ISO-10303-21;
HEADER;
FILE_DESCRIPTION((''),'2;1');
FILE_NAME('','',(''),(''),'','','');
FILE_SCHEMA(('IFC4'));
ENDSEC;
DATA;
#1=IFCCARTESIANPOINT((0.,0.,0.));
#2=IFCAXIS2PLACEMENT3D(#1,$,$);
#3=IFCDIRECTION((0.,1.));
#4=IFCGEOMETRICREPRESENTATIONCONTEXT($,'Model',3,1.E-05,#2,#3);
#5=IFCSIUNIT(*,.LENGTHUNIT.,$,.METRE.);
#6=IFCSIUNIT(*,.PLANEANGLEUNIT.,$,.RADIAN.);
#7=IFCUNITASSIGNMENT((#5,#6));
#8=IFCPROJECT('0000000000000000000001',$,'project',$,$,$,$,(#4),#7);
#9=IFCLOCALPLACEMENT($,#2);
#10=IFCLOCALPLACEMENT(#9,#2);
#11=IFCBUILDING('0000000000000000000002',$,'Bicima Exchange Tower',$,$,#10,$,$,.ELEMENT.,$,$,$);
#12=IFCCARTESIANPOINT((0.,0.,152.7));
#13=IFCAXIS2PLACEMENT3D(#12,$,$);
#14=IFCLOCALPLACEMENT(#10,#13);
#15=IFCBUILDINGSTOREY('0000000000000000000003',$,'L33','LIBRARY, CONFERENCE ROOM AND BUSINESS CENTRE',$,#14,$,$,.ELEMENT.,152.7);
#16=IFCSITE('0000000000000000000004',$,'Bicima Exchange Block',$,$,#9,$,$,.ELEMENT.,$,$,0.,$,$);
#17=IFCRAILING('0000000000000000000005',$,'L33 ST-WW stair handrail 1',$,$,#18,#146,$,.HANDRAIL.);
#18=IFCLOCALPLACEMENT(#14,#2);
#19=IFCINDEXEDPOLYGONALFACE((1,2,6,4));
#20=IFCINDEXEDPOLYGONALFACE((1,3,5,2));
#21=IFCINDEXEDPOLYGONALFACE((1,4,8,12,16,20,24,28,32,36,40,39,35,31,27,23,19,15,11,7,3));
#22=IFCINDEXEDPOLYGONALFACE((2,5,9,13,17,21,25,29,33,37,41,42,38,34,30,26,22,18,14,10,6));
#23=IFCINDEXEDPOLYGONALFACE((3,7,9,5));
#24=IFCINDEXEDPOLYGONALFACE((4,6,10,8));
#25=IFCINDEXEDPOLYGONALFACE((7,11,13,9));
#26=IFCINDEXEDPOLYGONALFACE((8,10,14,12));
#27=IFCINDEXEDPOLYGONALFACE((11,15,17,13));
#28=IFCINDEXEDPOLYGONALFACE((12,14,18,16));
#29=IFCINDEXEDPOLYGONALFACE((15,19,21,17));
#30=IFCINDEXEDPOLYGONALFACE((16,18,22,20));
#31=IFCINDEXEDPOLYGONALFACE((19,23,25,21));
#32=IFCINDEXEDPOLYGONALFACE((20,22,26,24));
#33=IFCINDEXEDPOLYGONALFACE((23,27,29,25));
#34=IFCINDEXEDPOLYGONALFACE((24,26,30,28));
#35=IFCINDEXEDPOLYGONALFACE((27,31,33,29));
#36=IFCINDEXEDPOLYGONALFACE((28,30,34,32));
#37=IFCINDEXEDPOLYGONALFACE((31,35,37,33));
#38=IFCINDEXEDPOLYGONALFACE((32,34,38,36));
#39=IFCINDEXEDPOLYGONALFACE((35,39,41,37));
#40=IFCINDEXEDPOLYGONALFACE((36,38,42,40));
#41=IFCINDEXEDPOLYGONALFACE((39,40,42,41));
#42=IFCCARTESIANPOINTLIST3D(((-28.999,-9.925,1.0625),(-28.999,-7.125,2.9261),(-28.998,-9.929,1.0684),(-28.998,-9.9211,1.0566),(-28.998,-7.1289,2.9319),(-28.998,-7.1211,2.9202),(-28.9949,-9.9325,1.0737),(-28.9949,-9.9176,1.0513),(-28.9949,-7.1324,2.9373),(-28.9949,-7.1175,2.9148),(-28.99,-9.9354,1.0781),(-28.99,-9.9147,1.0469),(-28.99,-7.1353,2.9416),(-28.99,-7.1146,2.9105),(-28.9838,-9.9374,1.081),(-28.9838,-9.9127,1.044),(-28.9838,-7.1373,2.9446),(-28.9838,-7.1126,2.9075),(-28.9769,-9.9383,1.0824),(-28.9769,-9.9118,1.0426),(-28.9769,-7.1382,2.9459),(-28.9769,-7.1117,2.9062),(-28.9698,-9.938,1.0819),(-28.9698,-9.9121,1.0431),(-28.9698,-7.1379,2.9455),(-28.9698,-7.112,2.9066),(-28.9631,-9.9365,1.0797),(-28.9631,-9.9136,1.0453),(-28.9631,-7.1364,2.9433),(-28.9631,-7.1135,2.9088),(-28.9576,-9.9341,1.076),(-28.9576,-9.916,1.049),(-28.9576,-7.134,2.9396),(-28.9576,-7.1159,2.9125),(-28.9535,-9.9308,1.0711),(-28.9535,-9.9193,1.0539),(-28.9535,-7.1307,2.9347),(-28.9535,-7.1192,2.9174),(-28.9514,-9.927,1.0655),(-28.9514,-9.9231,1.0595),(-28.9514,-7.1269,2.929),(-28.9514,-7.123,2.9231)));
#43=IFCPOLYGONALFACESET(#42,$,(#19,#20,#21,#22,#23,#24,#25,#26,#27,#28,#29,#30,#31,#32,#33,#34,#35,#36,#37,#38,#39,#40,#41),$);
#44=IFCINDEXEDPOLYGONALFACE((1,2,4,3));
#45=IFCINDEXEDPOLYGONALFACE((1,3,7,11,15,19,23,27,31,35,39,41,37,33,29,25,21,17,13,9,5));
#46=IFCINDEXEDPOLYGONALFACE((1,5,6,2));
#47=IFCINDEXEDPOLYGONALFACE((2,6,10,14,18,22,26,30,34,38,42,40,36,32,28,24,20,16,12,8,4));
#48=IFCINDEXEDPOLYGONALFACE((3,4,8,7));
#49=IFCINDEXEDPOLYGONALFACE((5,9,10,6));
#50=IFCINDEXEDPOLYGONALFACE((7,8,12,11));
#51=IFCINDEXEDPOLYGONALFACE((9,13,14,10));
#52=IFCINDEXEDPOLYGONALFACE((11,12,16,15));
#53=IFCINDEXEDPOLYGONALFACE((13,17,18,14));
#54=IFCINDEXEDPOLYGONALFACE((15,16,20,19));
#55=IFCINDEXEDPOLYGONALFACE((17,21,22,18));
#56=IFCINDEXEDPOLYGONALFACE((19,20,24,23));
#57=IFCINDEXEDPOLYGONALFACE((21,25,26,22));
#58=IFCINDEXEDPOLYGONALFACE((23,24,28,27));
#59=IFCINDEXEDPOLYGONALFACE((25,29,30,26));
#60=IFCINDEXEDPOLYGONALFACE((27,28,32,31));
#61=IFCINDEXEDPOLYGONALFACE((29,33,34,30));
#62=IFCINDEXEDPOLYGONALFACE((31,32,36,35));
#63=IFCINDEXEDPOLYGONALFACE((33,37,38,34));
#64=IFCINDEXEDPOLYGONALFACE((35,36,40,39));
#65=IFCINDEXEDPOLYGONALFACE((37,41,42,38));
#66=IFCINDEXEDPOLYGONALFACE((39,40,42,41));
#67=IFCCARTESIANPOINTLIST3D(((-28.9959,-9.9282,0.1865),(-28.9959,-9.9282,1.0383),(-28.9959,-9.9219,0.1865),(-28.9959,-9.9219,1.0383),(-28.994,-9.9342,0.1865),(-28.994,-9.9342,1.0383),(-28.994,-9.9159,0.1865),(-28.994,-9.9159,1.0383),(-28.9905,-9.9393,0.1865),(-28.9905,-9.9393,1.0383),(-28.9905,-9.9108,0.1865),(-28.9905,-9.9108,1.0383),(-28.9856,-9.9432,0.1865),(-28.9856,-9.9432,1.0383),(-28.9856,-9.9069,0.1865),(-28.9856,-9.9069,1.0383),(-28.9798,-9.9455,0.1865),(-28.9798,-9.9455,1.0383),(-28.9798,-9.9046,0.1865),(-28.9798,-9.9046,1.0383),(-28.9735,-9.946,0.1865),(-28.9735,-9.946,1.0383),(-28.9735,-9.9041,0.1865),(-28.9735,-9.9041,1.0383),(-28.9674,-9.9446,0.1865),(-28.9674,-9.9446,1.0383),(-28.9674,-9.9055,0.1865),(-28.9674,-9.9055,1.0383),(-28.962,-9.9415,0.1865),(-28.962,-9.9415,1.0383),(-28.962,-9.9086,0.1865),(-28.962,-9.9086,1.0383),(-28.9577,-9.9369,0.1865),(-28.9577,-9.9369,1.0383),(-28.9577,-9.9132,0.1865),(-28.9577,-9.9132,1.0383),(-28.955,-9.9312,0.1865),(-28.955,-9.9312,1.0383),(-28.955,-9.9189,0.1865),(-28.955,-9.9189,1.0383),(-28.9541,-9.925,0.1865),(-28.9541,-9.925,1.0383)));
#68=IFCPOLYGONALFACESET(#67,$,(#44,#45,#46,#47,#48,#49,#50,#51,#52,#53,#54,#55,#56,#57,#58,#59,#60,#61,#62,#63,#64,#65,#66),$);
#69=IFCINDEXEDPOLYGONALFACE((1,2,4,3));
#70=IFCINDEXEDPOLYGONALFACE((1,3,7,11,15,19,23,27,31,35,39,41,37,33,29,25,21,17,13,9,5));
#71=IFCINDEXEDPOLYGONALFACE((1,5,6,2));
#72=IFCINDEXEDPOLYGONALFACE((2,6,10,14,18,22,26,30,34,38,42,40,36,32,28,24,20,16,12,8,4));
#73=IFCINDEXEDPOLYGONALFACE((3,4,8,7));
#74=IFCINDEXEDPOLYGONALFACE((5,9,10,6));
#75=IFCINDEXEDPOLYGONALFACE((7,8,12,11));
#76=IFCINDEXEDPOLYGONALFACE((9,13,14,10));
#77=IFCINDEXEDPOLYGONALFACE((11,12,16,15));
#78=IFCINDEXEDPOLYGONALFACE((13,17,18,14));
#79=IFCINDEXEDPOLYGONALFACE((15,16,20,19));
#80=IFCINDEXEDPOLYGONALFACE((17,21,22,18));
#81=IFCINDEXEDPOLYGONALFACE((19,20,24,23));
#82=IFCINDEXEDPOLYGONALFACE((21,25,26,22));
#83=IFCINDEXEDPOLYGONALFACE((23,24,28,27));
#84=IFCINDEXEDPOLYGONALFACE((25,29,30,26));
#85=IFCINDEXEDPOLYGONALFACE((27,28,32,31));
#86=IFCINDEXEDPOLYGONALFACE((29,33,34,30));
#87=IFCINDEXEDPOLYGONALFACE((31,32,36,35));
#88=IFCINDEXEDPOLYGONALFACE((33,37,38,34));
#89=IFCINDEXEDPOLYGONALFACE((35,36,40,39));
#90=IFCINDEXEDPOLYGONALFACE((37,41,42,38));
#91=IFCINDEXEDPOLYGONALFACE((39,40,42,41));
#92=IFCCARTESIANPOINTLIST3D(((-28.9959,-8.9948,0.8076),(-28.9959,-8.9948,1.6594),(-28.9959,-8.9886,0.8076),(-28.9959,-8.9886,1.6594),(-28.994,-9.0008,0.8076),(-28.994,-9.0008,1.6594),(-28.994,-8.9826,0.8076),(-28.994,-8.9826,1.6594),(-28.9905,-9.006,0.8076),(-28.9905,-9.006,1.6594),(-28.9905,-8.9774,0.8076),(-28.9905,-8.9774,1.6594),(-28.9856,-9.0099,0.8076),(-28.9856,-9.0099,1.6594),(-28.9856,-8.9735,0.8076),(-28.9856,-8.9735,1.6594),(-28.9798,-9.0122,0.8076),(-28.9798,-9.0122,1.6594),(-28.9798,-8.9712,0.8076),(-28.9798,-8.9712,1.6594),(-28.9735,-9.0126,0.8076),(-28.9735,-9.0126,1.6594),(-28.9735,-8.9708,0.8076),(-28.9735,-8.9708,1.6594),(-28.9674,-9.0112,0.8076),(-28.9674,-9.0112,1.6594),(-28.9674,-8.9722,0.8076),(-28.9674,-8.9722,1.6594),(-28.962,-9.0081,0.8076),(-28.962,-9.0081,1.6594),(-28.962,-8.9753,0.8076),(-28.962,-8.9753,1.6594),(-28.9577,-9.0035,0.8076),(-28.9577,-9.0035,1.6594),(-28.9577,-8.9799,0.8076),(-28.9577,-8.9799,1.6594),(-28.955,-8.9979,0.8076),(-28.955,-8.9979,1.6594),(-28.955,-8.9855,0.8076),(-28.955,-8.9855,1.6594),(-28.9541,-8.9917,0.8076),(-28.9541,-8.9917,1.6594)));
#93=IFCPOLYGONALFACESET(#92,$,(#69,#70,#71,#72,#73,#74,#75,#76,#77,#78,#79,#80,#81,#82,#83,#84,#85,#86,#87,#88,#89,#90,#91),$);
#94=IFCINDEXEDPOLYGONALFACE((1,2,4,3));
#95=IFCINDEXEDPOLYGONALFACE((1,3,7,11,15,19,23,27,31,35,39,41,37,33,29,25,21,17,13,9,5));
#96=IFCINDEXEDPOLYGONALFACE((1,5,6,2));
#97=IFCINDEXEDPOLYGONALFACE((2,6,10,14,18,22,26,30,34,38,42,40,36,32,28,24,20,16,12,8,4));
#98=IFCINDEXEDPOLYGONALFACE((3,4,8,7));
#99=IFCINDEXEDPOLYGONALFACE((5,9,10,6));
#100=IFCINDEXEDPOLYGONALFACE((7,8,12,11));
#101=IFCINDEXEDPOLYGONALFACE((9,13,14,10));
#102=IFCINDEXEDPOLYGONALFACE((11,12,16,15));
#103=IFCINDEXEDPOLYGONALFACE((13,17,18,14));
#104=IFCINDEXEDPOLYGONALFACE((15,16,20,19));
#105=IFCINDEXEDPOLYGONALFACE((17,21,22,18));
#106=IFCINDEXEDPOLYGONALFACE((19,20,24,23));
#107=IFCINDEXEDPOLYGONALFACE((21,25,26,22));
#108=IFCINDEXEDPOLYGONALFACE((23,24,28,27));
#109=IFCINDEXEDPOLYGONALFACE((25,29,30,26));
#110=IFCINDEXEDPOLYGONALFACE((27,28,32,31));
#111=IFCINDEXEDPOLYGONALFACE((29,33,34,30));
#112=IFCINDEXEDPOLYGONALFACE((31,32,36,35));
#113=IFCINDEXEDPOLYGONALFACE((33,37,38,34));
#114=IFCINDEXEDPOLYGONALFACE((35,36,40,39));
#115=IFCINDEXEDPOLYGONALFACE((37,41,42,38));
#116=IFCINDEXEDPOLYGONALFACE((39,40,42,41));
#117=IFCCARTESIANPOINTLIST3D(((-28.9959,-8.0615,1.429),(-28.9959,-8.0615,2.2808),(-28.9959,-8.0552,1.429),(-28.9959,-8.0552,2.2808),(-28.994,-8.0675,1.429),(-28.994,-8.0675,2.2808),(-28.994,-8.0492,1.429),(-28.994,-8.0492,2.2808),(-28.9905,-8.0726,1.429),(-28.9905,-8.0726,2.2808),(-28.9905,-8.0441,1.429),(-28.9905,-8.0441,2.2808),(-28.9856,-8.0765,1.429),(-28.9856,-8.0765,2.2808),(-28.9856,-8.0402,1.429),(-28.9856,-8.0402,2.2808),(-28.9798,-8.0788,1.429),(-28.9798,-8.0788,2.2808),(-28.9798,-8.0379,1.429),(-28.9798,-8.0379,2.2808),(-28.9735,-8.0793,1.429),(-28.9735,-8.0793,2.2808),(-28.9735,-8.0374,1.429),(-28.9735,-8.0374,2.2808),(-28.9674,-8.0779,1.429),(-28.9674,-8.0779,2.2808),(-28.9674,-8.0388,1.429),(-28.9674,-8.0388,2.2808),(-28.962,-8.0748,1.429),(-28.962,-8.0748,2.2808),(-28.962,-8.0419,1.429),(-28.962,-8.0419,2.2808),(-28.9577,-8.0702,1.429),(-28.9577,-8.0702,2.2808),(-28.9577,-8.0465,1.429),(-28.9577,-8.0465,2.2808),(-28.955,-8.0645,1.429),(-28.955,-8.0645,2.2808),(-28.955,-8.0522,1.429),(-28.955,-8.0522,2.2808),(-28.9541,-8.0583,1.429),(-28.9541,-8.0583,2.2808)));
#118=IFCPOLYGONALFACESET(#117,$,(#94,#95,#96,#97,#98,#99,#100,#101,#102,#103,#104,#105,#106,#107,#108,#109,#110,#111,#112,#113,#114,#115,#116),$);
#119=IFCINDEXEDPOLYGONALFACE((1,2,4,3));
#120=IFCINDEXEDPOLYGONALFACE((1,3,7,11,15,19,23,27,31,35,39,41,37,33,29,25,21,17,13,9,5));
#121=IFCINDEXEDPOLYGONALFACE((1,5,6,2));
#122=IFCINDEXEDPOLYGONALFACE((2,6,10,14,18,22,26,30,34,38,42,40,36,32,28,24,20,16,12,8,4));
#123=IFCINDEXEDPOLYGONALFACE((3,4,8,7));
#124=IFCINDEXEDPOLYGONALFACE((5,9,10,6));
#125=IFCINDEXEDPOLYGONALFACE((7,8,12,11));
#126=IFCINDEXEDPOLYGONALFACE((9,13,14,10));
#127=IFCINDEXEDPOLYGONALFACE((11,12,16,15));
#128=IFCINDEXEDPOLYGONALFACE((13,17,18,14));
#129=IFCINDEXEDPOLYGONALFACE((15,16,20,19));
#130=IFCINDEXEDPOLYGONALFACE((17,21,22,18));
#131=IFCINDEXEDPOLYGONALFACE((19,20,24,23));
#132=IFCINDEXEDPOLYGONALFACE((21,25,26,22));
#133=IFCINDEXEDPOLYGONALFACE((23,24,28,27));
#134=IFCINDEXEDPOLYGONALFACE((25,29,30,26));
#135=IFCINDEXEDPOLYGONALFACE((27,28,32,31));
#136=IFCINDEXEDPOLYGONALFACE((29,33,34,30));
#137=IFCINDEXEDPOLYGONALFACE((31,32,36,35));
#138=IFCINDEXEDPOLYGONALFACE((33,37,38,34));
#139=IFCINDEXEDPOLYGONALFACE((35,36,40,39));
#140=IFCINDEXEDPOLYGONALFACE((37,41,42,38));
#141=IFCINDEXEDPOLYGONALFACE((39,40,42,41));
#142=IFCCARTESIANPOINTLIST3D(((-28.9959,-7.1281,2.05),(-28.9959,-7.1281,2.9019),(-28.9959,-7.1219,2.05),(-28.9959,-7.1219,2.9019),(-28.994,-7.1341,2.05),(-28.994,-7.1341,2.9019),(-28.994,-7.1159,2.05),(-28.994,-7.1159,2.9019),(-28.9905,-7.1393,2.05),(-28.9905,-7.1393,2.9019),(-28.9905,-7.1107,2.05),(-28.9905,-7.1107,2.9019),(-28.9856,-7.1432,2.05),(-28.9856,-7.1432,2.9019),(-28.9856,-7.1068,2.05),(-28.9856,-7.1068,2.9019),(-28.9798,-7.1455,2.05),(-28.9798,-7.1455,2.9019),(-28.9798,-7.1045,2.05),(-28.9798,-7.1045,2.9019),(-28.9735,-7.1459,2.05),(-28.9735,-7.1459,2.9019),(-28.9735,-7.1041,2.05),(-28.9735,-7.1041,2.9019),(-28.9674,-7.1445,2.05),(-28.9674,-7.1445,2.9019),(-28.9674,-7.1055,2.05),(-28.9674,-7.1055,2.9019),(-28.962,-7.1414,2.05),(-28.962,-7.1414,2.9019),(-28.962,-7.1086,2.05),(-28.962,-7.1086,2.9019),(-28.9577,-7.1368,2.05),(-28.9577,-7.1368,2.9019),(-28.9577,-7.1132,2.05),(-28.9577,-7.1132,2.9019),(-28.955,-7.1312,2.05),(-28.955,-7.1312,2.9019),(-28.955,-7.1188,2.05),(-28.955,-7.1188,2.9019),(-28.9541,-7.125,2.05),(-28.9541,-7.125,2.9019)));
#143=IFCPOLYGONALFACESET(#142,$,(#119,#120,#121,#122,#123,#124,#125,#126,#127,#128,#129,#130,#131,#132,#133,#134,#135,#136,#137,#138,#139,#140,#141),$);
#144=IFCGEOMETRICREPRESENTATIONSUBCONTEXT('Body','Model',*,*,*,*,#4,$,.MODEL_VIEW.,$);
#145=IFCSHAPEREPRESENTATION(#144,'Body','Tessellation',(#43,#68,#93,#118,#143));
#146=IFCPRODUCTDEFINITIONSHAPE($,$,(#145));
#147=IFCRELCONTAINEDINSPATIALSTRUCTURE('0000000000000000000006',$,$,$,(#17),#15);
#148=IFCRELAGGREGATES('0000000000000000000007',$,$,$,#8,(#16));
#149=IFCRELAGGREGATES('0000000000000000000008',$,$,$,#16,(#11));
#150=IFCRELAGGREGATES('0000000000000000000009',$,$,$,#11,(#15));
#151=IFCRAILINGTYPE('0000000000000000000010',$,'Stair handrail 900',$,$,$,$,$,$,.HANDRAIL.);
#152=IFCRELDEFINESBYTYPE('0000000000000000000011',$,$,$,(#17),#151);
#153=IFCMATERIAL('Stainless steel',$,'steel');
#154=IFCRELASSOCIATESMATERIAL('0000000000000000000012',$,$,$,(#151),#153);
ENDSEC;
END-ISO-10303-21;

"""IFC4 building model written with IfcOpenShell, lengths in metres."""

from ifc_helpers import new_model, si_unit, direction, frame, origin, origin_2d, place, context, subcontext, project, spatial, circle, extrude, material, type_object, element, save


model = new_model("IFC4")

# Units and contexts
model_context = context("Model", 3, precision=1e-05, world=origin(), true_north=direction((0.0, 1.0)))
body_context = subcontext(model_context, "Body", "Model", "MODEL_VIEW")
ifc_project = project(units=[si_unit("LENGTHUNIT", "METRE"), si_unit("PLANEANGLEUNIT", "RADIAN")], contexts=[model_context])

# Site, building, storey
site_placement = place(None, origin())
site = spatial("IfcSite", under=ifc_project, at=site_placement, Name="Bicima Exchange Block", CompositionType="ELEMENT", RefElevation=0.0)
building_placement = place(site_placement, origin())
building = spatial("IfcBuilding", under=site, at=building_placement, Name="Bicima Exchange Tower", CompositionType="ELEMENT")
storey_placement = place(building_placement, frame((0.0, 0.0, 152.7)))
storey = spatial("IfcBuildingStorey", under=building, at=storey_placement, Name="L33", Description="LIBRARY, CONFERENCE ROOM AND BUSINESS CENTRE", CompositionType="ELEMENT", Elevation=152.7)

# Railing
ifc_material_1 = material(Name="Stainless steel", Category="steel")
railing_type_1 = type_object("IfcRailingType", Name="Stair handrail 900", PredefinedType="HANDRAIL", material=ifc_material_1)
railing_1_placement = place(storey_placement, frame((-28.9751, -9.925, 0.1865)))
element("IfcRailing", 1, at=railing_1_placement, inside=storey, type_object=railing_type_1, Name="L33 ST-WW stair handrail 1", PredefinedType="HANDRAIL", context=body_context, shape_type="SweptSolid", body=[
    extrude(circle(Radius=0.0239, at=origin_2d()), frame((0.0, 0.0, 0.876), z_axis=(0.0, 0.832486, 0.554047), x_axis=(-1.0, 0.0, 0.0)), (0.0, 0.0, 1.0), 3.3635),
    extrude(circle(Radius=0.021, at=origin_2d()), origin(), (0.0, 0.0, 1.0), 0.8518),
    extrude(circle(Radius=0.021, at=origin_2d()), frame((0.0, 0.9333, 0.6211)), (0.0, 0.0, 1.0), 0.8518),
    extrude(circle(Radius=0.021, at=origin_2d()), frame((0.0, 1.8667, 1.2424)), (0.0, 0.0, 1.0), 0.8518),
    extrude(circle(Radius=0.021, at=origin_2d()), frame((0.0, 2.8, 1.8635)), (0.0, 0.0, 1.0), 0.8518),
])

save(model, "model.ifc")
